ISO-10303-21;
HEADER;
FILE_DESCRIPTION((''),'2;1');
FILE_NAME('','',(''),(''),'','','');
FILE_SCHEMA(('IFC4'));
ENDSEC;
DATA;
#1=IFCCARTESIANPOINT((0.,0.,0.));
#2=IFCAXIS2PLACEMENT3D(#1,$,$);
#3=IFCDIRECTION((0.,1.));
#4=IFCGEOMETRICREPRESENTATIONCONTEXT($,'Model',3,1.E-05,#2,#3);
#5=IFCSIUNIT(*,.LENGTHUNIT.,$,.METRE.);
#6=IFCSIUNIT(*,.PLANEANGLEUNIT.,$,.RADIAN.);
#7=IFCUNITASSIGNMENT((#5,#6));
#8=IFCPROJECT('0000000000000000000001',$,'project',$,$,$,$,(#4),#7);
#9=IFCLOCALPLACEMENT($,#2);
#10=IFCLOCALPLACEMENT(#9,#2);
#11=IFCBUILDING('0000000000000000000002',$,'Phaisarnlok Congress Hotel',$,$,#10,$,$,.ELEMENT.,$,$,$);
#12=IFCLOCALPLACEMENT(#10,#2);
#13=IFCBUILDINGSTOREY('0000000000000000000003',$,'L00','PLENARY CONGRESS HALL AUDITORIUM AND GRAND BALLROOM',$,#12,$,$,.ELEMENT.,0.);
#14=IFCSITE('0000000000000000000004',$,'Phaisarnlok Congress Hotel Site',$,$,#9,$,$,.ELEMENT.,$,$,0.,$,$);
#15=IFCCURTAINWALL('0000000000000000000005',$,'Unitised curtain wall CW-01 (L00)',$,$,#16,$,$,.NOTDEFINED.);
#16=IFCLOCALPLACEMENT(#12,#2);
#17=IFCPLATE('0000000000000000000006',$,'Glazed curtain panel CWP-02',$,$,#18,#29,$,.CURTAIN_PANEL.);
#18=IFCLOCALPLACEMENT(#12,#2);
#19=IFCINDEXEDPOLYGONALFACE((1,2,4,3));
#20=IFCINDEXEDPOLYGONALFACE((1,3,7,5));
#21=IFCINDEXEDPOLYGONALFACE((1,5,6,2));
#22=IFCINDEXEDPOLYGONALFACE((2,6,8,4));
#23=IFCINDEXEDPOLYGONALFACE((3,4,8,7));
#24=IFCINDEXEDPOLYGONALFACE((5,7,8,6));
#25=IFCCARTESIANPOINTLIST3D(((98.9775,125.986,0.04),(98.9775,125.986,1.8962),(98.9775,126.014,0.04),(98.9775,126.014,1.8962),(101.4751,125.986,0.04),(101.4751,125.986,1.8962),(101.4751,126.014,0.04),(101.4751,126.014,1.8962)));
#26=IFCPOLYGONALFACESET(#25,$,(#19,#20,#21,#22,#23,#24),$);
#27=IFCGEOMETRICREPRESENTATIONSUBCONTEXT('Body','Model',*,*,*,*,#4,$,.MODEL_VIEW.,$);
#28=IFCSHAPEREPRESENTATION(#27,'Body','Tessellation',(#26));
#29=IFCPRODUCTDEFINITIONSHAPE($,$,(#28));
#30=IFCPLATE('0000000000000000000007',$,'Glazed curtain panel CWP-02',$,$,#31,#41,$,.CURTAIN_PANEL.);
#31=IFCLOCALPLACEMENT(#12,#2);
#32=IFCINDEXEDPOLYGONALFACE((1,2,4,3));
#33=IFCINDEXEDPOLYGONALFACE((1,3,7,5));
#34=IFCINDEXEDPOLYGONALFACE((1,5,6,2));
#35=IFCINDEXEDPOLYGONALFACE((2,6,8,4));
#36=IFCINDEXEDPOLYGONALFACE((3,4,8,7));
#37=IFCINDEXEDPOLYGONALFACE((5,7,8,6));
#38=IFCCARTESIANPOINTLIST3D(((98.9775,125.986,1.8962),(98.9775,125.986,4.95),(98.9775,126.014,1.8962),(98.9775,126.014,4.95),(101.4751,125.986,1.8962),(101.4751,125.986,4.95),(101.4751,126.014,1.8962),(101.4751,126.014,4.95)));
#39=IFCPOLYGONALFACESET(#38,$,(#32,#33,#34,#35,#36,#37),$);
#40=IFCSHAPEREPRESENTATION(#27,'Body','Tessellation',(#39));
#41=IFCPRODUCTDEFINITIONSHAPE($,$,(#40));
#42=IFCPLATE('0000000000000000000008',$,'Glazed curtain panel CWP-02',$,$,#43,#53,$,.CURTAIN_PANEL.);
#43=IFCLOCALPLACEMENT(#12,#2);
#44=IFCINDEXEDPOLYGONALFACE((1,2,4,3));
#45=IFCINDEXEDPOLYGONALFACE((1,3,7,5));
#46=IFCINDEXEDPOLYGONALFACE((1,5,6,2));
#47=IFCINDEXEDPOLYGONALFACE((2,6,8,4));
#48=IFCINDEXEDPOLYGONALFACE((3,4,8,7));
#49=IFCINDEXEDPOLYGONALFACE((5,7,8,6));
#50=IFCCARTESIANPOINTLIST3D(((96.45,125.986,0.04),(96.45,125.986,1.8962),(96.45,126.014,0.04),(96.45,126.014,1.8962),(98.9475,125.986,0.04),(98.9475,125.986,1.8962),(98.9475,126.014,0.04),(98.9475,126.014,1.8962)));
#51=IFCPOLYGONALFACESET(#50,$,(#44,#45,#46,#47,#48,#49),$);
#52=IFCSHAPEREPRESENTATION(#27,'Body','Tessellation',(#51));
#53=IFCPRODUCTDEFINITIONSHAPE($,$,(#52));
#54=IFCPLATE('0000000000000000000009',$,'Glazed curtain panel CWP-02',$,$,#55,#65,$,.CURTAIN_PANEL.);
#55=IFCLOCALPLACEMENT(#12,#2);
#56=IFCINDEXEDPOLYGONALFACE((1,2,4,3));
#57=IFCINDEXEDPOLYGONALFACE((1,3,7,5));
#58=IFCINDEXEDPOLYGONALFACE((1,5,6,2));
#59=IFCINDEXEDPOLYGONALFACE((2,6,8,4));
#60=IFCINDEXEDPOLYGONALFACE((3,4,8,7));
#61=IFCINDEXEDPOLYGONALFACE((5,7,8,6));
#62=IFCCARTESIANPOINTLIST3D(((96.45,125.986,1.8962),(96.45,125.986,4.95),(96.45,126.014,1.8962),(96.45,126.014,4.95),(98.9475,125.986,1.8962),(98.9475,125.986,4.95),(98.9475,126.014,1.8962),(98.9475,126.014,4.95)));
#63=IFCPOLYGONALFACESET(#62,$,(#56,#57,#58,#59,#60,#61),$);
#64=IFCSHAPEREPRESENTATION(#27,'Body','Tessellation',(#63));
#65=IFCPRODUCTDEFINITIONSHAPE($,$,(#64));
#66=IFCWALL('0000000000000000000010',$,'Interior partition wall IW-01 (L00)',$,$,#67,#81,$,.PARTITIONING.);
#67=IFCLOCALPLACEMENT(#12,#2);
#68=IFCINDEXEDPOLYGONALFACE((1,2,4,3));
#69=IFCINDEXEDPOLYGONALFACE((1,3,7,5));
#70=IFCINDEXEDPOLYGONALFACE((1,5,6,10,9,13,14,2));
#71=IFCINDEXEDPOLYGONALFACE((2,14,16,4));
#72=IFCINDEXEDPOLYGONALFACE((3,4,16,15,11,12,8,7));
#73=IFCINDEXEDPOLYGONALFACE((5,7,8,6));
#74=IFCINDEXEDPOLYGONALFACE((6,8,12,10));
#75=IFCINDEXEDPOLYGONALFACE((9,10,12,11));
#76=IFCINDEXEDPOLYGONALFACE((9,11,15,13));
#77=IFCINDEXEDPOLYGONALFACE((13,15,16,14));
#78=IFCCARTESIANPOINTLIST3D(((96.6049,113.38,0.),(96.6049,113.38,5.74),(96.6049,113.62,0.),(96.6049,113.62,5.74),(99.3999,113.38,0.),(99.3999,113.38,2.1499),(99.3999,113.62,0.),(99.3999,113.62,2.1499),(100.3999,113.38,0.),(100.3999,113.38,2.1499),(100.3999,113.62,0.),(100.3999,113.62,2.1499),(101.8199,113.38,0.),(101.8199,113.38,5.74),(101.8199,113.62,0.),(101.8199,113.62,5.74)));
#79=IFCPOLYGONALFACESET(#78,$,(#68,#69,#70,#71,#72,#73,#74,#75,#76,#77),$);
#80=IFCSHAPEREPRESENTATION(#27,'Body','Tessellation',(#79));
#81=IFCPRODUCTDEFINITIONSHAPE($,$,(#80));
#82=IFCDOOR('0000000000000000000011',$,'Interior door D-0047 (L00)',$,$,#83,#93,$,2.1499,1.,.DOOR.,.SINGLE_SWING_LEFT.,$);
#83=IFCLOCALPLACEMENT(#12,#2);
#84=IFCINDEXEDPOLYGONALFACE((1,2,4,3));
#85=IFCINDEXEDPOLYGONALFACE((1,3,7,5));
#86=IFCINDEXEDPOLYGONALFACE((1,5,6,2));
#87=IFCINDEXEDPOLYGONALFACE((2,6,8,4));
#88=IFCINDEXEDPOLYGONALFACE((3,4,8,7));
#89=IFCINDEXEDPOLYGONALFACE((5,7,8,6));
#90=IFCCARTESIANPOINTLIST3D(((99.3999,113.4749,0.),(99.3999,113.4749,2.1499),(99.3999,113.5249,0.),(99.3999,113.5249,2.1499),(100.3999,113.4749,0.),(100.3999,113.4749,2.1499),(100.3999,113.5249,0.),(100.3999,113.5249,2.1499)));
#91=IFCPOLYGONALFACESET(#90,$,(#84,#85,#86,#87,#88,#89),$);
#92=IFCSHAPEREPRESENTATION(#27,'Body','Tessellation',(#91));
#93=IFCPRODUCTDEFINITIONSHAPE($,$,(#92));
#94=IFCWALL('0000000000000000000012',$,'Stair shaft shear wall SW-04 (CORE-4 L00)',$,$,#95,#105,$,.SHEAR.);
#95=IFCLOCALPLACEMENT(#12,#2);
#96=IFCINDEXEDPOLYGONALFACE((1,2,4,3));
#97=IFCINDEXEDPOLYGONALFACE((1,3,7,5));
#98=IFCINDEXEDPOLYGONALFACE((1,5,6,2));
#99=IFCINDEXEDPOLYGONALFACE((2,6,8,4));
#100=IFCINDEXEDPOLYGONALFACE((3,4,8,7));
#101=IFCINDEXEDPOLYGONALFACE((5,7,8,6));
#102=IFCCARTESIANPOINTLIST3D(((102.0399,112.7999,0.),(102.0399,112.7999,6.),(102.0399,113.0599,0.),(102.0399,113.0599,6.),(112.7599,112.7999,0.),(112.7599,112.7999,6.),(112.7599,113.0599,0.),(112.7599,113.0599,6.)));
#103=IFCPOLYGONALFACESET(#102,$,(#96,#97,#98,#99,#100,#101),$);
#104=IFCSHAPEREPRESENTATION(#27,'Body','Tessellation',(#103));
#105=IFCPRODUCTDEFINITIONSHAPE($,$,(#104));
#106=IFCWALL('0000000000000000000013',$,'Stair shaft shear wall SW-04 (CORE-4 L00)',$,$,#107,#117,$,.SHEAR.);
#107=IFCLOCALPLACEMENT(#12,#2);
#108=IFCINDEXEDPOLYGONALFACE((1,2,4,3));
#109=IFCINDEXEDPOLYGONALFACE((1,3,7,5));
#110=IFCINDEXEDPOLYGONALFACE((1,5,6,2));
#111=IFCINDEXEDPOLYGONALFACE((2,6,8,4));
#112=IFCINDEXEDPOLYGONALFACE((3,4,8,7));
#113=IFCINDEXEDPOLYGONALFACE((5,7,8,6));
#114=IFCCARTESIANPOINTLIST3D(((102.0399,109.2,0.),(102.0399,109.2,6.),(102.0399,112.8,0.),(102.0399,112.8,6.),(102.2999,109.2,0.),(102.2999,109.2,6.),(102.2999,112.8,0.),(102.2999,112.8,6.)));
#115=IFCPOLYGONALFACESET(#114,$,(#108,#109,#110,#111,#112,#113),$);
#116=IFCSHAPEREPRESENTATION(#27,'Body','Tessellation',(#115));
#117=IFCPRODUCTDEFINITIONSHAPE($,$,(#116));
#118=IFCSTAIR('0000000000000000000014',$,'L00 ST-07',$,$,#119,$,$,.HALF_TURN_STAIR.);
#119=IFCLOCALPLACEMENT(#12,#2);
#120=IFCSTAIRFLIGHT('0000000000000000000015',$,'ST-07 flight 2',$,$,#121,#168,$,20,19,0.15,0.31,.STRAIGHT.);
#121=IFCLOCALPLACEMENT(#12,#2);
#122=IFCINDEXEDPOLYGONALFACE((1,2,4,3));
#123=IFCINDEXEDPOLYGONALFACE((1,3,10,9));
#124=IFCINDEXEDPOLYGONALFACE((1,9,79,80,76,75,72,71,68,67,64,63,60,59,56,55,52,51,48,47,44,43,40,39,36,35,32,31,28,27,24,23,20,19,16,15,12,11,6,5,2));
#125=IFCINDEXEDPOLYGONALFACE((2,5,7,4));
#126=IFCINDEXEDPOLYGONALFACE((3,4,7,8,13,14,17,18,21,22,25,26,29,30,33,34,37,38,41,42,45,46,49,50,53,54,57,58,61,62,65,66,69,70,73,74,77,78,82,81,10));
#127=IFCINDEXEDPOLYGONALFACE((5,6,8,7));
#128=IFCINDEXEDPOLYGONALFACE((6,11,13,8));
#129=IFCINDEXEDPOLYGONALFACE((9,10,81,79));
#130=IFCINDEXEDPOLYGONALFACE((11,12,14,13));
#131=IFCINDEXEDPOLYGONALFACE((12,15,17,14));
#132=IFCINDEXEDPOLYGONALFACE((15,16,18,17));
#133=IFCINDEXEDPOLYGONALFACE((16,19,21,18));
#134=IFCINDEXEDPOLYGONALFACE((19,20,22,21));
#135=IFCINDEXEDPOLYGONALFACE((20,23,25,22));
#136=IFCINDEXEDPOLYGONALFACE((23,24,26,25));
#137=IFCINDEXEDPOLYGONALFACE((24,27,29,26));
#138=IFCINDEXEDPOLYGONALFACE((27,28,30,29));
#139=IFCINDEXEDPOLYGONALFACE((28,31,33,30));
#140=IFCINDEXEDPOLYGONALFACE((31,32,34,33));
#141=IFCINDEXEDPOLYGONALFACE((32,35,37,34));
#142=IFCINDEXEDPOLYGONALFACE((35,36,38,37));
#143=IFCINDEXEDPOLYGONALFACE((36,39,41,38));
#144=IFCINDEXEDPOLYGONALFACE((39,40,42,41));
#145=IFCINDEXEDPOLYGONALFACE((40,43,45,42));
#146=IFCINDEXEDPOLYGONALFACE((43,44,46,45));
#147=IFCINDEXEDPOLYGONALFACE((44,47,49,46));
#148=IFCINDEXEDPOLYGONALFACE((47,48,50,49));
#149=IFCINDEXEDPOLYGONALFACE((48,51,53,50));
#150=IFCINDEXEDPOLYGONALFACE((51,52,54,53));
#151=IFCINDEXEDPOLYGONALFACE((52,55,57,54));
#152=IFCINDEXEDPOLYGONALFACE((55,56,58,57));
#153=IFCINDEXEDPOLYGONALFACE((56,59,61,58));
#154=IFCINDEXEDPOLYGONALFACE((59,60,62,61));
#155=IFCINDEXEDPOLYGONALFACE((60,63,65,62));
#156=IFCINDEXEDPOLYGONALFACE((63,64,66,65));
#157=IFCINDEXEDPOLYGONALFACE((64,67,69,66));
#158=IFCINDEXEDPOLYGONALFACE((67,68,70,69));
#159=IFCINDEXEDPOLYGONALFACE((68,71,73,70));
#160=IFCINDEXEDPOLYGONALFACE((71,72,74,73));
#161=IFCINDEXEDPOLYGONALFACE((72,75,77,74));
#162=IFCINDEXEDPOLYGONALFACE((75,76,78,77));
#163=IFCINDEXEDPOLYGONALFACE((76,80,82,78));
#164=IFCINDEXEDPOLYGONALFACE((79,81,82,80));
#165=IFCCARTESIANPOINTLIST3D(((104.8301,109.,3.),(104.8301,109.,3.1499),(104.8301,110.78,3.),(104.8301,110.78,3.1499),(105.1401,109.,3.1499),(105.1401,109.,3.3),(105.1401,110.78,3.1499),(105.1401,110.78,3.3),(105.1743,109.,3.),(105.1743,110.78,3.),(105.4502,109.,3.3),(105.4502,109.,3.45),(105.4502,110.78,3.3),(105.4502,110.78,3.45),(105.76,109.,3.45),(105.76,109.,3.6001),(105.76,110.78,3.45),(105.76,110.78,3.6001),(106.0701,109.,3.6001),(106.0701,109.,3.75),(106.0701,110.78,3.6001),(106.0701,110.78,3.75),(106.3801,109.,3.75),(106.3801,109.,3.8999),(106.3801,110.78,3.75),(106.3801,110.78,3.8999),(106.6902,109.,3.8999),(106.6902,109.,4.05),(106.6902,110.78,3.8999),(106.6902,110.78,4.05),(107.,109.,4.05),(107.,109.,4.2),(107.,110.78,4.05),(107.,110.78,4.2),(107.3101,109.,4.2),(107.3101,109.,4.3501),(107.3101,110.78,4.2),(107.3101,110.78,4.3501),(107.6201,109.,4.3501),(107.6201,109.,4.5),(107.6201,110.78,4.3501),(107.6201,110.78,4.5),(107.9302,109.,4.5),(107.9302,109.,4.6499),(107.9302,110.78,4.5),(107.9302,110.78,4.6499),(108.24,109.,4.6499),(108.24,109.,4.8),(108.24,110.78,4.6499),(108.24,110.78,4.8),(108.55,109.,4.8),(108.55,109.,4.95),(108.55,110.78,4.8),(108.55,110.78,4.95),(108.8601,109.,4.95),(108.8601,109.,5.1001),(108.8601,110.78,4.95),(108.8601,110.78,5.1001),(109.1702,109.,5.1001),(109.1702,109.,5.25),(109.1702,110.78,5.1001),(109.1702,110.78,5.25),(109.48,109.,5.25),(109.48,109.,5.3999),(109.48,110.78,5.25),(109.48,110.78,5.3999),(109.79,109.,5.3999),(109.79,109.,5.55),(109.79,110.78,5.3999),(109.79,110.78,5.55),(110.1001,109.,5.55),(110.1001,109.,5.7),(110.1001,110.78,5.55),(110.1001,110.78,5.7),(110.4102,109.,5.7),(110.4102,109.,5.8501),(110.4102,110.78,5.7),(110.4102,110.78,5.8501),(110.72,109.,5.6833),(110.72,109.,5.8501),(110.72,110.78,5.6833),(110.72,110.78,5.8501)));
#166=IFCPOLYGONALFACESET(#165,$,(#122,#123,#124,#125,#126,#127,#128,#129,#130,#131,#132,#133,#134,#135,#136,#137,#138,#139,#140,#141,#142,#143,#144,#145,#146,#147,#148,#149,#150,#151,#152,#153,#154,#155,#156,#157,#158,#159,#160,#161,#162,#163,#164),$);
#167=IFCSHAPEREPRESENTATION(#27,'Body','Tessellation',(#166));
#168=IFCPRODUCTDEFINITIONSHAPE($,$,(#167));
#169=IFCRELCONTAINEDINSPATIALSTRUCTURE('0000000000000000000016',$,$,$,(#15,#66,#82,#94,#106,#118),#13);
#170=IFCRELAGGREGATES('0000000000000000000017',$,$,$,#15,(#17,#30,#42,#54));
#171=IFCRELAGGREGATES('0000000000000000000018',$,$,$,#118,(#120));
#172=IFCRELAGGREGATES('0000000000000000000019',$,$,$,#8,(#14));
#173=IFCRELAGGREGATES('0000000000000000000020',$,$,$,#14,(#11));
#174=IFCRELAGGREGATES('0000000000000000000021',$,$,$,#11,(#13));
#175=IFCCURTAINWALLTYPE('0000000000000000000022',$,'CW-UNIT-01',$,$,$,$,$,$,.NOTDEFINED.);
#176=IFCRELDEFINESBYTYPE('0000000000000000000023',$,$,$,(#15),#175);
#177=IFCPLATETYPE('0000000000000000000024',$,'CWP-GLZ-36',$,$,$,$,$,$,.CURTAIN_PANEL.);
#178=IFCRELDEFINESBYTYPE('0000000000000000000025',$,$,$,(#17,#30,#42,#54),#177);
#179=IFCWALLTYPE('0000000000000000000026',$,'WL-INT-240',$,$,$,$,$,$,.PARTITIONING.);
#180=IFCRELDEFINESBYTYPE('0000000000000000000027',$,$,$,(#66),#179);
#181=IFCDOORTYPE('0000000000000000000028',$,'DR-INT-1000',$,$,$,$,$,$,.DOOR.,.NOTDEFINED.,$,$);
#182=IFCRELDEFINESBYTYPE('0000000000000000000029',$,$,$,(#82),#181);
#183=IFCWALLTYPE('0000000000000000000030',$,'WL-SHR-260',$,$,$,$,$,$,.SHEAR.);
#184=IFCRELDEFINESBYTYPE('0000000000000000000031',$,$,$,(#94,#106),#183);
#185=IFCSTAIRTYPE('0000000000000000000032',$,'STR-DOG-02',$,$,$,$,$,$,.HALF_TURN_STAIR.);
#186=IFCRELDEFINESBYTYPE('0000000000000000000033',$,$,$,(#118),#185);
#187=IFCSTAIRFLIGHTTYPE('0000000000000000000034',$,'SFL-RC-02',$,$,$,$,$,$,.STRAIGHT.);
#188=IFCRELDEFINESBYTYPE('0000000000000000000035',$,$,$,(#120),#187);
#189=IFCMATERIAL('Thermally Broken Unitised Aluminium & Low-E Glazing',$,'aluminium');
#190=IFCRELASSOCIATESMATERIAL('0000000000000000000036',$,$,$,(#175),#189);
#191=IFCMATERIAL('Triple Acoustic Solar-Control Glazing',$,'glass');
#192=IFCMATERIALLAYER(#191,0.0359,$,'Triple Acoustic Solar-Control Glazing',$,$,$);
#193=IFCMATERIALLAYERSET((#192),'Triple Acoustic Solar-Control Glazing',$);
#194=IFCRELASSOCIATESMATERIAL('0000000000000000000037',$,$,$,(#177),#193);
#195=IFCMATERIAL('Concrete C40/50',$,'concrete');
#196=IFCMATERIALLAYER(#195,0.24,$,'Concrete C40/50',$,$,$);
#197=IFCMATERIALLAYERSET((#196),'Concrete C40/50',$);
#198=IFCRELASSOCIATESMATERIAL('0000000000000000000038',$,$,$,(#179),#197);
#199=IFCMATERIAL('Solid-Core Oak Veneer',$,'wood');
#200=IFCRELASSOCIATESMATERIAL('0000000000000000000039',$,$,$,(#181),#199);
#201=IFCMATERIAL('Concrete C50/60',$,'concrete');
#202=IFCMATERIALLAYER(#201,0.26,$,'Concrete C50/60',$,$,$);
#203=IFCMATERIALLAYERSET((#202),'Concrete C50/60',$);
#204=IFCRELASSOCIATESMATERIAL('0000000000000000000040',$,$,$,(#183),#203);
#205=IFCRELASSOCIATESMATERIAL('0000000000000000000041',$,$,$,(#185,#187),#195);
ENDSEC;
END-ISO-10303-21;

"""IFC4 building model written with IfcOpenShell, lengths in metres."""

from ifc_helpers import new_model, si_unit, direction, frame, frame_2d, origin, place, context, subcontext, project, spatial, polyline, rectangle, outline, extrude, material, layer, layer_set, type_object, element, fill, aggregate, save


model = new_model("IFC4")

# Units and contexts
model_context = context("Model", 3, precision=1e-05, world=origin(), true_north=direction((0.0, 1.0)))
body_context = subcontext(model_context, "Body", "Model", "MODEL_VIEW")
ifc_project = project(units=[si_unit("LENGTHUNIT", "METRE"), si_unit("PLANEANGLEUNIT", "RADIAN")], contexts=[model_context])

# Site, building, storey
site_placement = place(None, origin())
site = spatial("IfcSite", under=ifc_project, at=site_placement, Name="Phaisarnlok Congress Hotel Site", CompositionType="ELEMENT", RefElevation=0.0)
building_placement = place(site_placement, origin())
building = spatial("IfcBuilding", under=site, at=building_placement, Name="Phaisarnlok Congress Hotel", CompositionType="ELEMENT")
storey_placement = place(building_placement, origin())
storey = spatial("IfcBuildingStorey", under=building, at=storey_placement, Name="L00", Description="PLENARY CONGRESS HALL AUDITORIUM AND GRAND BALLROOM", CompositionType="ELEMENT", Elevation=0.0)

# Shared definitions
ifc_material_1 = material(Name="Concrete C50/60", Category="concrete")

# Shared definitions
ifc_material_2 = material(Name="Concrete C40/50", Category="concrete")

# Curtain wall
ifc_material_3 = material(Name="Thermally Broken Unitised Aluminium & Low-E Glazing", Category="aluminium")
curtain_wall_type = type_object("IfcCurtainWallType", Name="CW-UNIT-01", PredefinedType="NOTDEFINED", material=ifc_material_3)
curtain_wall_placement = place(storey_placement, origin())
curtain_wall = element("IfcCurtainWall", 1, at=curtain_wall_placement, inside=storey, type_object=curtain_wall_type, Name="Unitised curtain wall CW-01 (L00)", PredefinedType="NOTDEFINED")

# Plates
ifc_material_4 = material(Name="Triple Acoustic Solar-Control Glazing", Category="glass")
ifc_layer_1 = layer(ifc_material_4, 0.0359, Name="Triple Acoustic Solar-Control Glazing")
ifc_layer_set_1 = layer_set([ifc_layer_1], Name="Triple Acoustic Solar-Control Glazing")
plate_type = type_object("IfcPlateType", Name="CWP-GLZ-36", PredefinedType="CURTAIN_PANEL", material=ifc_layer_set_1)
plate_1_placement = place(storey_placement, frame((101.4751, 126.0, 0.04), z_axis=(0.0, 0.0, 1.0), x_axis=(-1.0, 0.0, 0.0)))
plate_1 = element("IfcPlate", 2, at=plate_1_placement, type_object=plate_type, Name="Glazed curtain panel CWP-02", PredefinedType="CURTAIN_PANEL", context=body_context, shape_type="SweptSolid", body=[
    extrude(rectangle(XDim=2.4976, YDim=0.0281, at=frame_2d((1.2488, 0.0))), origin(), (0.0, 0.0, 1.0), 1.8562),
])
plate_2_placement = place(storey_placement, frame((101.4751, 126.0, 1.8962), z_axis=(0.0, 0.0, 1.0), x_axis=(-1.0, 0.0, 0.0)))
plate_2 = element("IfcPlate", 3, at=plate_2_placement, type_object=plate_type, Name="Glazed curtain panel CWP-02", PredefinedType="CURTAIN_PANEL", context=body_context, shape_type="SweptSolid", body=[
    extrude(rectangle(XDim=2.4976, YDim=0.0281, at=frame_2d((1.2488, 0.0))), origin(), (0.0, 0.0, 1.0), 3.0537),
])
plate_3_placement = place(storey_placement, frame((98.9475, 126.0, 0.04), z_axis=(0.0, 0.0, 1.0), x_axis=(-1.0, 0.0, 0.0)))
plate_3 = element("IfcPlate", 4, at=plate_3_placement, type_object=plate_type, Name="Glazed curtain panel CWP-02", PredefinedType="CURTAIN_PANEL", context=body_context, shape_type="SweptSolid", body=[
    extrude(rectangle(XDim=2.4976, YDim=0.0281, at=frame_2d((1.2488, 0.0))), origin(), (0.0, 0.0, 1.0), 1.8562),
])
plate_4_placement = place(storey_placement, frame((98.9475, 126.0, 1.8962), z_axis=(0.0, 0.0, 1.0), x_axis=(-1.0, 0.0, 0.0)))
plate_4 = element("IfcPlate", 5, at=plate_4_placement, type_object=plate_type, Name="Glazed curtain panel CWP-02", PredefinedType="CURTAIN_PANEL", context=body_context, shape_type="SweptSolid", body=[
    extrude(rectangle(XDim=2.4976, YDim=0.0281, at=frame_2d((1.2488, 0.0))), origin(), (0.0, 0.0, 1.0), 3.0537),
])
aggregate(curtain_wall, [plate_1, plate_2, plate_3, plate_4])

# Wall, opening, door
ifc_layer_2 = layer(ifc_material_2, 0.24, Name="Concrete C40/50")
ifc_layer_set_2 = layer_set([ifc_layer_2], Name="Concrete C40/50")
wall_type_1 = type_object("IfcWallType", Name="WL-INT-240", PredefinedType="PARTITIONING", material=ifc_layer_set_2)
wall_1_placement = place(storey_placement, frame((96.605, 113.5, 0.0), z_axis=(0.0, 0.0, 1.0), x_axis=(1.0, 0.0, 0.0)))
wall_1 = element("IfcWall", 6, at=wall_1_placement, inside=storey, type_object=wall_type_1, Name="Interior partition wall IW-01 (L00)", PredefinedType="PARTITIONING", context=body_context, shape_type="SweptSolid", body=[
    extrude(rectangle(XDim=5.2151, YDim=0.24, at=frame_2d((2.6074, 0.0))), origin(), (0.0, 0.0, 1.0), 5.74),
])
opening_placement = place(wall_1_placement, frame((2.7949, 0.0, 0.0)))
opening = element("IfcOpeningElement", 7, at=opening_placement, cuts=wall_1, PredefinedType="OPENING", context=body_context, shape_type="SweptSolid", body=[
    extrude(rectangle(XDim=1.0, YDim=2.1499, at=frame_2d((0.5, 1.075))), frame((0.0, 0.1299, 0.0), z_axis=(0.0, -1.0, 0.0), x_axis=(1.0, 0.0, 0.0)), (0.0, 0.0, 1.0), 0.26),
])
ifc_material_5 = material(Name="Solid-Core Oak Veneer", Category="wood")
door_type = type_object("IfcDoorType", Name="DR-INT-1000", OperationType="NOTDEFINED", PredefinedType="DOOR", material=ifc_material_5)
door_placement = place(opening_placement, origin())
door = element("IfcDoor", 8, at=door_placement, inside=storey, type_object=door_type, Name="Interior door D-0047 (L00)", OperationType="SINGLE_SWING_LEFT", OverallHeight=2.1499, OverallWidth=1.0, PredefinedType="DOOR", context=body_context, shape_type="SweptSolid", body=[
    extrude(rectangle(XDim=1.0, YDim=2.1499, at=frame_2d((0.5, 1.075))), frame((0.0, 0.0249, 0.0), z_axis=(0.0, -1.0, 0.0), x_axis=(1.0, 0.0, 0.0)), (0.0, 0.0, 1.0), 0.05),
])
fill(opening, door)

# Walls
ifc_layer_3 = layer(ifc_material_1, 0.26, Name="Concrete C50/60")
ifc_layer_set_3 = layer_set([ifc_layer_3], Name="Concrete C50/60")
wall_type_2 = type_object("IfcWallType", Name="WL-SHR-260", PredefinedType="SHEAR", material=ifc_layer_set_3)
wall_2_placement = place(storey_placement, frame((102.04, 112.9299, 0.0), z_axis=(0.0, 0.0, 1.0), x_axis=(1.0, 0.0, 0.0)))
element("IfcWall", 9, at=wall_2_placement, inside=storey, type_object=wall_type_2, Name="Stair shaft shear wall SW-04 (CORE-4 L00)", PredefinedType="SHEAR", context=body_context, shape_type="SweptSolid", body=[
    extrude(rectangle(XDim=10.72, YDim=0.26, at=frame_2d((5.3599, 0.0))), origin(), (0.0, 0.0, 1.0), 6.0),
])
wall_3_placement = place(storey_placement, frame((102.1699, 109.2, 0.0), z_axis=(0.0, 0.0, 1.0), x_axis=(0.0, 1.0, 0.0)))
element("IfcWall", 10, at=wall_3_placement, inside=storey, type_object=wall_type_2, Name="Stair shaft shear wall SW-04 (CORE-4 L00)", PredefinedType="SHEAR", context=body_context, shape_type="SweptSolid", body=[
    extrude(rectangle(XDim=3.6001, YDim=0.26, at=frame_2d((1.8, 0.0))), origin(), (0.0, 0.0, 1.0), 6.0),
])

# Stair, stair flight
stair_type = type_object("IfcStairType", Name="STR-DOG-02", PredefinedType="HALF_TURN_STAIR", material=ifc_material_2)
stair_placement = place(storey_placement, origin())
stair = element("IfcStair", 11, at=stair_placement, inside=storey, type_object=stair_type, Name="L00 ST-07", PredefinedType="HALF_TURN_STAIR")
stair_flight_type = type_object("IfcStairFlightType", Name="SFL-RC-02", PredefinedType="STRAIGHT", material=ifc_material_2)
stair_flight_placement = place(storey_placement, frame((104.8301, 109.8899, 3.0), z_axis=(0.0, 0.0, 1.0), x_axis=(1.0, 0.0, 0.0)))
stair_flight = element("IfcStairFlight", 12, at=stair_flight_placement, type_object=stair_flight_type, Name="ST-07 flight 2", NumberOfRisers=20, NumberOfTreads=19, PredefinedType="STRAIGHT", RiserHeight=0.15, TreadLength=0.31, context=body_context, shape_type="SweptSolid", body=[
    extrude(outline(polyline([(0.0, 0.0), (0.0, 0.1499), (0.3101, 0.1499), (0.3101, 0.3), (0.6201, 0.3), (0.6201, 0.45), (0.9299, 0.45), (0.9299, 0.6001), (1.24, 0.6001), (1.24, 0.75), (1.55, 0.75), (1.55, 0.8999), (1.8601, 0.8999), (1.8601, 1.05), (2.1699, 1.05), (2.1699, 1.2), (2.48, 1.2), (2.48, 1.3501), (2.79, 1.3501), (2.79, 1.5), (3.1001, 1.5), (3.1001, 1.6499), (3.4099, 1.6499), (3.4099, 1.8), (3.72, 1.8), (3.72, 1.95), (4.03, 1.95), (4.03, 2.1001), (4.3401, 2.1001), (4.3401, 2.25), (4.6499, 2.25), (4.6499, 2.3999), (4.96, 2.3999), (4.96, 2.55), (5.27, 2.55), (5.27, 2.7), (5.5801, 2.7), (5.5801, 2.8501), (5.8899, 2.8501), (5.8899, 3.0), (5.8899, 2.6833), (0.3442, 0.0), (0.0, 0.0)])), frame((0.0, 0.8901, 0.0), z_axis=(0.0, -1.0, 0.0), x_axis=(1.0, 0.0, 0.0)), (0.0, 0.0, 1.0), 1.78),
])
aggregate(stair, [stair_flight])

save(model, "model.ifc")
